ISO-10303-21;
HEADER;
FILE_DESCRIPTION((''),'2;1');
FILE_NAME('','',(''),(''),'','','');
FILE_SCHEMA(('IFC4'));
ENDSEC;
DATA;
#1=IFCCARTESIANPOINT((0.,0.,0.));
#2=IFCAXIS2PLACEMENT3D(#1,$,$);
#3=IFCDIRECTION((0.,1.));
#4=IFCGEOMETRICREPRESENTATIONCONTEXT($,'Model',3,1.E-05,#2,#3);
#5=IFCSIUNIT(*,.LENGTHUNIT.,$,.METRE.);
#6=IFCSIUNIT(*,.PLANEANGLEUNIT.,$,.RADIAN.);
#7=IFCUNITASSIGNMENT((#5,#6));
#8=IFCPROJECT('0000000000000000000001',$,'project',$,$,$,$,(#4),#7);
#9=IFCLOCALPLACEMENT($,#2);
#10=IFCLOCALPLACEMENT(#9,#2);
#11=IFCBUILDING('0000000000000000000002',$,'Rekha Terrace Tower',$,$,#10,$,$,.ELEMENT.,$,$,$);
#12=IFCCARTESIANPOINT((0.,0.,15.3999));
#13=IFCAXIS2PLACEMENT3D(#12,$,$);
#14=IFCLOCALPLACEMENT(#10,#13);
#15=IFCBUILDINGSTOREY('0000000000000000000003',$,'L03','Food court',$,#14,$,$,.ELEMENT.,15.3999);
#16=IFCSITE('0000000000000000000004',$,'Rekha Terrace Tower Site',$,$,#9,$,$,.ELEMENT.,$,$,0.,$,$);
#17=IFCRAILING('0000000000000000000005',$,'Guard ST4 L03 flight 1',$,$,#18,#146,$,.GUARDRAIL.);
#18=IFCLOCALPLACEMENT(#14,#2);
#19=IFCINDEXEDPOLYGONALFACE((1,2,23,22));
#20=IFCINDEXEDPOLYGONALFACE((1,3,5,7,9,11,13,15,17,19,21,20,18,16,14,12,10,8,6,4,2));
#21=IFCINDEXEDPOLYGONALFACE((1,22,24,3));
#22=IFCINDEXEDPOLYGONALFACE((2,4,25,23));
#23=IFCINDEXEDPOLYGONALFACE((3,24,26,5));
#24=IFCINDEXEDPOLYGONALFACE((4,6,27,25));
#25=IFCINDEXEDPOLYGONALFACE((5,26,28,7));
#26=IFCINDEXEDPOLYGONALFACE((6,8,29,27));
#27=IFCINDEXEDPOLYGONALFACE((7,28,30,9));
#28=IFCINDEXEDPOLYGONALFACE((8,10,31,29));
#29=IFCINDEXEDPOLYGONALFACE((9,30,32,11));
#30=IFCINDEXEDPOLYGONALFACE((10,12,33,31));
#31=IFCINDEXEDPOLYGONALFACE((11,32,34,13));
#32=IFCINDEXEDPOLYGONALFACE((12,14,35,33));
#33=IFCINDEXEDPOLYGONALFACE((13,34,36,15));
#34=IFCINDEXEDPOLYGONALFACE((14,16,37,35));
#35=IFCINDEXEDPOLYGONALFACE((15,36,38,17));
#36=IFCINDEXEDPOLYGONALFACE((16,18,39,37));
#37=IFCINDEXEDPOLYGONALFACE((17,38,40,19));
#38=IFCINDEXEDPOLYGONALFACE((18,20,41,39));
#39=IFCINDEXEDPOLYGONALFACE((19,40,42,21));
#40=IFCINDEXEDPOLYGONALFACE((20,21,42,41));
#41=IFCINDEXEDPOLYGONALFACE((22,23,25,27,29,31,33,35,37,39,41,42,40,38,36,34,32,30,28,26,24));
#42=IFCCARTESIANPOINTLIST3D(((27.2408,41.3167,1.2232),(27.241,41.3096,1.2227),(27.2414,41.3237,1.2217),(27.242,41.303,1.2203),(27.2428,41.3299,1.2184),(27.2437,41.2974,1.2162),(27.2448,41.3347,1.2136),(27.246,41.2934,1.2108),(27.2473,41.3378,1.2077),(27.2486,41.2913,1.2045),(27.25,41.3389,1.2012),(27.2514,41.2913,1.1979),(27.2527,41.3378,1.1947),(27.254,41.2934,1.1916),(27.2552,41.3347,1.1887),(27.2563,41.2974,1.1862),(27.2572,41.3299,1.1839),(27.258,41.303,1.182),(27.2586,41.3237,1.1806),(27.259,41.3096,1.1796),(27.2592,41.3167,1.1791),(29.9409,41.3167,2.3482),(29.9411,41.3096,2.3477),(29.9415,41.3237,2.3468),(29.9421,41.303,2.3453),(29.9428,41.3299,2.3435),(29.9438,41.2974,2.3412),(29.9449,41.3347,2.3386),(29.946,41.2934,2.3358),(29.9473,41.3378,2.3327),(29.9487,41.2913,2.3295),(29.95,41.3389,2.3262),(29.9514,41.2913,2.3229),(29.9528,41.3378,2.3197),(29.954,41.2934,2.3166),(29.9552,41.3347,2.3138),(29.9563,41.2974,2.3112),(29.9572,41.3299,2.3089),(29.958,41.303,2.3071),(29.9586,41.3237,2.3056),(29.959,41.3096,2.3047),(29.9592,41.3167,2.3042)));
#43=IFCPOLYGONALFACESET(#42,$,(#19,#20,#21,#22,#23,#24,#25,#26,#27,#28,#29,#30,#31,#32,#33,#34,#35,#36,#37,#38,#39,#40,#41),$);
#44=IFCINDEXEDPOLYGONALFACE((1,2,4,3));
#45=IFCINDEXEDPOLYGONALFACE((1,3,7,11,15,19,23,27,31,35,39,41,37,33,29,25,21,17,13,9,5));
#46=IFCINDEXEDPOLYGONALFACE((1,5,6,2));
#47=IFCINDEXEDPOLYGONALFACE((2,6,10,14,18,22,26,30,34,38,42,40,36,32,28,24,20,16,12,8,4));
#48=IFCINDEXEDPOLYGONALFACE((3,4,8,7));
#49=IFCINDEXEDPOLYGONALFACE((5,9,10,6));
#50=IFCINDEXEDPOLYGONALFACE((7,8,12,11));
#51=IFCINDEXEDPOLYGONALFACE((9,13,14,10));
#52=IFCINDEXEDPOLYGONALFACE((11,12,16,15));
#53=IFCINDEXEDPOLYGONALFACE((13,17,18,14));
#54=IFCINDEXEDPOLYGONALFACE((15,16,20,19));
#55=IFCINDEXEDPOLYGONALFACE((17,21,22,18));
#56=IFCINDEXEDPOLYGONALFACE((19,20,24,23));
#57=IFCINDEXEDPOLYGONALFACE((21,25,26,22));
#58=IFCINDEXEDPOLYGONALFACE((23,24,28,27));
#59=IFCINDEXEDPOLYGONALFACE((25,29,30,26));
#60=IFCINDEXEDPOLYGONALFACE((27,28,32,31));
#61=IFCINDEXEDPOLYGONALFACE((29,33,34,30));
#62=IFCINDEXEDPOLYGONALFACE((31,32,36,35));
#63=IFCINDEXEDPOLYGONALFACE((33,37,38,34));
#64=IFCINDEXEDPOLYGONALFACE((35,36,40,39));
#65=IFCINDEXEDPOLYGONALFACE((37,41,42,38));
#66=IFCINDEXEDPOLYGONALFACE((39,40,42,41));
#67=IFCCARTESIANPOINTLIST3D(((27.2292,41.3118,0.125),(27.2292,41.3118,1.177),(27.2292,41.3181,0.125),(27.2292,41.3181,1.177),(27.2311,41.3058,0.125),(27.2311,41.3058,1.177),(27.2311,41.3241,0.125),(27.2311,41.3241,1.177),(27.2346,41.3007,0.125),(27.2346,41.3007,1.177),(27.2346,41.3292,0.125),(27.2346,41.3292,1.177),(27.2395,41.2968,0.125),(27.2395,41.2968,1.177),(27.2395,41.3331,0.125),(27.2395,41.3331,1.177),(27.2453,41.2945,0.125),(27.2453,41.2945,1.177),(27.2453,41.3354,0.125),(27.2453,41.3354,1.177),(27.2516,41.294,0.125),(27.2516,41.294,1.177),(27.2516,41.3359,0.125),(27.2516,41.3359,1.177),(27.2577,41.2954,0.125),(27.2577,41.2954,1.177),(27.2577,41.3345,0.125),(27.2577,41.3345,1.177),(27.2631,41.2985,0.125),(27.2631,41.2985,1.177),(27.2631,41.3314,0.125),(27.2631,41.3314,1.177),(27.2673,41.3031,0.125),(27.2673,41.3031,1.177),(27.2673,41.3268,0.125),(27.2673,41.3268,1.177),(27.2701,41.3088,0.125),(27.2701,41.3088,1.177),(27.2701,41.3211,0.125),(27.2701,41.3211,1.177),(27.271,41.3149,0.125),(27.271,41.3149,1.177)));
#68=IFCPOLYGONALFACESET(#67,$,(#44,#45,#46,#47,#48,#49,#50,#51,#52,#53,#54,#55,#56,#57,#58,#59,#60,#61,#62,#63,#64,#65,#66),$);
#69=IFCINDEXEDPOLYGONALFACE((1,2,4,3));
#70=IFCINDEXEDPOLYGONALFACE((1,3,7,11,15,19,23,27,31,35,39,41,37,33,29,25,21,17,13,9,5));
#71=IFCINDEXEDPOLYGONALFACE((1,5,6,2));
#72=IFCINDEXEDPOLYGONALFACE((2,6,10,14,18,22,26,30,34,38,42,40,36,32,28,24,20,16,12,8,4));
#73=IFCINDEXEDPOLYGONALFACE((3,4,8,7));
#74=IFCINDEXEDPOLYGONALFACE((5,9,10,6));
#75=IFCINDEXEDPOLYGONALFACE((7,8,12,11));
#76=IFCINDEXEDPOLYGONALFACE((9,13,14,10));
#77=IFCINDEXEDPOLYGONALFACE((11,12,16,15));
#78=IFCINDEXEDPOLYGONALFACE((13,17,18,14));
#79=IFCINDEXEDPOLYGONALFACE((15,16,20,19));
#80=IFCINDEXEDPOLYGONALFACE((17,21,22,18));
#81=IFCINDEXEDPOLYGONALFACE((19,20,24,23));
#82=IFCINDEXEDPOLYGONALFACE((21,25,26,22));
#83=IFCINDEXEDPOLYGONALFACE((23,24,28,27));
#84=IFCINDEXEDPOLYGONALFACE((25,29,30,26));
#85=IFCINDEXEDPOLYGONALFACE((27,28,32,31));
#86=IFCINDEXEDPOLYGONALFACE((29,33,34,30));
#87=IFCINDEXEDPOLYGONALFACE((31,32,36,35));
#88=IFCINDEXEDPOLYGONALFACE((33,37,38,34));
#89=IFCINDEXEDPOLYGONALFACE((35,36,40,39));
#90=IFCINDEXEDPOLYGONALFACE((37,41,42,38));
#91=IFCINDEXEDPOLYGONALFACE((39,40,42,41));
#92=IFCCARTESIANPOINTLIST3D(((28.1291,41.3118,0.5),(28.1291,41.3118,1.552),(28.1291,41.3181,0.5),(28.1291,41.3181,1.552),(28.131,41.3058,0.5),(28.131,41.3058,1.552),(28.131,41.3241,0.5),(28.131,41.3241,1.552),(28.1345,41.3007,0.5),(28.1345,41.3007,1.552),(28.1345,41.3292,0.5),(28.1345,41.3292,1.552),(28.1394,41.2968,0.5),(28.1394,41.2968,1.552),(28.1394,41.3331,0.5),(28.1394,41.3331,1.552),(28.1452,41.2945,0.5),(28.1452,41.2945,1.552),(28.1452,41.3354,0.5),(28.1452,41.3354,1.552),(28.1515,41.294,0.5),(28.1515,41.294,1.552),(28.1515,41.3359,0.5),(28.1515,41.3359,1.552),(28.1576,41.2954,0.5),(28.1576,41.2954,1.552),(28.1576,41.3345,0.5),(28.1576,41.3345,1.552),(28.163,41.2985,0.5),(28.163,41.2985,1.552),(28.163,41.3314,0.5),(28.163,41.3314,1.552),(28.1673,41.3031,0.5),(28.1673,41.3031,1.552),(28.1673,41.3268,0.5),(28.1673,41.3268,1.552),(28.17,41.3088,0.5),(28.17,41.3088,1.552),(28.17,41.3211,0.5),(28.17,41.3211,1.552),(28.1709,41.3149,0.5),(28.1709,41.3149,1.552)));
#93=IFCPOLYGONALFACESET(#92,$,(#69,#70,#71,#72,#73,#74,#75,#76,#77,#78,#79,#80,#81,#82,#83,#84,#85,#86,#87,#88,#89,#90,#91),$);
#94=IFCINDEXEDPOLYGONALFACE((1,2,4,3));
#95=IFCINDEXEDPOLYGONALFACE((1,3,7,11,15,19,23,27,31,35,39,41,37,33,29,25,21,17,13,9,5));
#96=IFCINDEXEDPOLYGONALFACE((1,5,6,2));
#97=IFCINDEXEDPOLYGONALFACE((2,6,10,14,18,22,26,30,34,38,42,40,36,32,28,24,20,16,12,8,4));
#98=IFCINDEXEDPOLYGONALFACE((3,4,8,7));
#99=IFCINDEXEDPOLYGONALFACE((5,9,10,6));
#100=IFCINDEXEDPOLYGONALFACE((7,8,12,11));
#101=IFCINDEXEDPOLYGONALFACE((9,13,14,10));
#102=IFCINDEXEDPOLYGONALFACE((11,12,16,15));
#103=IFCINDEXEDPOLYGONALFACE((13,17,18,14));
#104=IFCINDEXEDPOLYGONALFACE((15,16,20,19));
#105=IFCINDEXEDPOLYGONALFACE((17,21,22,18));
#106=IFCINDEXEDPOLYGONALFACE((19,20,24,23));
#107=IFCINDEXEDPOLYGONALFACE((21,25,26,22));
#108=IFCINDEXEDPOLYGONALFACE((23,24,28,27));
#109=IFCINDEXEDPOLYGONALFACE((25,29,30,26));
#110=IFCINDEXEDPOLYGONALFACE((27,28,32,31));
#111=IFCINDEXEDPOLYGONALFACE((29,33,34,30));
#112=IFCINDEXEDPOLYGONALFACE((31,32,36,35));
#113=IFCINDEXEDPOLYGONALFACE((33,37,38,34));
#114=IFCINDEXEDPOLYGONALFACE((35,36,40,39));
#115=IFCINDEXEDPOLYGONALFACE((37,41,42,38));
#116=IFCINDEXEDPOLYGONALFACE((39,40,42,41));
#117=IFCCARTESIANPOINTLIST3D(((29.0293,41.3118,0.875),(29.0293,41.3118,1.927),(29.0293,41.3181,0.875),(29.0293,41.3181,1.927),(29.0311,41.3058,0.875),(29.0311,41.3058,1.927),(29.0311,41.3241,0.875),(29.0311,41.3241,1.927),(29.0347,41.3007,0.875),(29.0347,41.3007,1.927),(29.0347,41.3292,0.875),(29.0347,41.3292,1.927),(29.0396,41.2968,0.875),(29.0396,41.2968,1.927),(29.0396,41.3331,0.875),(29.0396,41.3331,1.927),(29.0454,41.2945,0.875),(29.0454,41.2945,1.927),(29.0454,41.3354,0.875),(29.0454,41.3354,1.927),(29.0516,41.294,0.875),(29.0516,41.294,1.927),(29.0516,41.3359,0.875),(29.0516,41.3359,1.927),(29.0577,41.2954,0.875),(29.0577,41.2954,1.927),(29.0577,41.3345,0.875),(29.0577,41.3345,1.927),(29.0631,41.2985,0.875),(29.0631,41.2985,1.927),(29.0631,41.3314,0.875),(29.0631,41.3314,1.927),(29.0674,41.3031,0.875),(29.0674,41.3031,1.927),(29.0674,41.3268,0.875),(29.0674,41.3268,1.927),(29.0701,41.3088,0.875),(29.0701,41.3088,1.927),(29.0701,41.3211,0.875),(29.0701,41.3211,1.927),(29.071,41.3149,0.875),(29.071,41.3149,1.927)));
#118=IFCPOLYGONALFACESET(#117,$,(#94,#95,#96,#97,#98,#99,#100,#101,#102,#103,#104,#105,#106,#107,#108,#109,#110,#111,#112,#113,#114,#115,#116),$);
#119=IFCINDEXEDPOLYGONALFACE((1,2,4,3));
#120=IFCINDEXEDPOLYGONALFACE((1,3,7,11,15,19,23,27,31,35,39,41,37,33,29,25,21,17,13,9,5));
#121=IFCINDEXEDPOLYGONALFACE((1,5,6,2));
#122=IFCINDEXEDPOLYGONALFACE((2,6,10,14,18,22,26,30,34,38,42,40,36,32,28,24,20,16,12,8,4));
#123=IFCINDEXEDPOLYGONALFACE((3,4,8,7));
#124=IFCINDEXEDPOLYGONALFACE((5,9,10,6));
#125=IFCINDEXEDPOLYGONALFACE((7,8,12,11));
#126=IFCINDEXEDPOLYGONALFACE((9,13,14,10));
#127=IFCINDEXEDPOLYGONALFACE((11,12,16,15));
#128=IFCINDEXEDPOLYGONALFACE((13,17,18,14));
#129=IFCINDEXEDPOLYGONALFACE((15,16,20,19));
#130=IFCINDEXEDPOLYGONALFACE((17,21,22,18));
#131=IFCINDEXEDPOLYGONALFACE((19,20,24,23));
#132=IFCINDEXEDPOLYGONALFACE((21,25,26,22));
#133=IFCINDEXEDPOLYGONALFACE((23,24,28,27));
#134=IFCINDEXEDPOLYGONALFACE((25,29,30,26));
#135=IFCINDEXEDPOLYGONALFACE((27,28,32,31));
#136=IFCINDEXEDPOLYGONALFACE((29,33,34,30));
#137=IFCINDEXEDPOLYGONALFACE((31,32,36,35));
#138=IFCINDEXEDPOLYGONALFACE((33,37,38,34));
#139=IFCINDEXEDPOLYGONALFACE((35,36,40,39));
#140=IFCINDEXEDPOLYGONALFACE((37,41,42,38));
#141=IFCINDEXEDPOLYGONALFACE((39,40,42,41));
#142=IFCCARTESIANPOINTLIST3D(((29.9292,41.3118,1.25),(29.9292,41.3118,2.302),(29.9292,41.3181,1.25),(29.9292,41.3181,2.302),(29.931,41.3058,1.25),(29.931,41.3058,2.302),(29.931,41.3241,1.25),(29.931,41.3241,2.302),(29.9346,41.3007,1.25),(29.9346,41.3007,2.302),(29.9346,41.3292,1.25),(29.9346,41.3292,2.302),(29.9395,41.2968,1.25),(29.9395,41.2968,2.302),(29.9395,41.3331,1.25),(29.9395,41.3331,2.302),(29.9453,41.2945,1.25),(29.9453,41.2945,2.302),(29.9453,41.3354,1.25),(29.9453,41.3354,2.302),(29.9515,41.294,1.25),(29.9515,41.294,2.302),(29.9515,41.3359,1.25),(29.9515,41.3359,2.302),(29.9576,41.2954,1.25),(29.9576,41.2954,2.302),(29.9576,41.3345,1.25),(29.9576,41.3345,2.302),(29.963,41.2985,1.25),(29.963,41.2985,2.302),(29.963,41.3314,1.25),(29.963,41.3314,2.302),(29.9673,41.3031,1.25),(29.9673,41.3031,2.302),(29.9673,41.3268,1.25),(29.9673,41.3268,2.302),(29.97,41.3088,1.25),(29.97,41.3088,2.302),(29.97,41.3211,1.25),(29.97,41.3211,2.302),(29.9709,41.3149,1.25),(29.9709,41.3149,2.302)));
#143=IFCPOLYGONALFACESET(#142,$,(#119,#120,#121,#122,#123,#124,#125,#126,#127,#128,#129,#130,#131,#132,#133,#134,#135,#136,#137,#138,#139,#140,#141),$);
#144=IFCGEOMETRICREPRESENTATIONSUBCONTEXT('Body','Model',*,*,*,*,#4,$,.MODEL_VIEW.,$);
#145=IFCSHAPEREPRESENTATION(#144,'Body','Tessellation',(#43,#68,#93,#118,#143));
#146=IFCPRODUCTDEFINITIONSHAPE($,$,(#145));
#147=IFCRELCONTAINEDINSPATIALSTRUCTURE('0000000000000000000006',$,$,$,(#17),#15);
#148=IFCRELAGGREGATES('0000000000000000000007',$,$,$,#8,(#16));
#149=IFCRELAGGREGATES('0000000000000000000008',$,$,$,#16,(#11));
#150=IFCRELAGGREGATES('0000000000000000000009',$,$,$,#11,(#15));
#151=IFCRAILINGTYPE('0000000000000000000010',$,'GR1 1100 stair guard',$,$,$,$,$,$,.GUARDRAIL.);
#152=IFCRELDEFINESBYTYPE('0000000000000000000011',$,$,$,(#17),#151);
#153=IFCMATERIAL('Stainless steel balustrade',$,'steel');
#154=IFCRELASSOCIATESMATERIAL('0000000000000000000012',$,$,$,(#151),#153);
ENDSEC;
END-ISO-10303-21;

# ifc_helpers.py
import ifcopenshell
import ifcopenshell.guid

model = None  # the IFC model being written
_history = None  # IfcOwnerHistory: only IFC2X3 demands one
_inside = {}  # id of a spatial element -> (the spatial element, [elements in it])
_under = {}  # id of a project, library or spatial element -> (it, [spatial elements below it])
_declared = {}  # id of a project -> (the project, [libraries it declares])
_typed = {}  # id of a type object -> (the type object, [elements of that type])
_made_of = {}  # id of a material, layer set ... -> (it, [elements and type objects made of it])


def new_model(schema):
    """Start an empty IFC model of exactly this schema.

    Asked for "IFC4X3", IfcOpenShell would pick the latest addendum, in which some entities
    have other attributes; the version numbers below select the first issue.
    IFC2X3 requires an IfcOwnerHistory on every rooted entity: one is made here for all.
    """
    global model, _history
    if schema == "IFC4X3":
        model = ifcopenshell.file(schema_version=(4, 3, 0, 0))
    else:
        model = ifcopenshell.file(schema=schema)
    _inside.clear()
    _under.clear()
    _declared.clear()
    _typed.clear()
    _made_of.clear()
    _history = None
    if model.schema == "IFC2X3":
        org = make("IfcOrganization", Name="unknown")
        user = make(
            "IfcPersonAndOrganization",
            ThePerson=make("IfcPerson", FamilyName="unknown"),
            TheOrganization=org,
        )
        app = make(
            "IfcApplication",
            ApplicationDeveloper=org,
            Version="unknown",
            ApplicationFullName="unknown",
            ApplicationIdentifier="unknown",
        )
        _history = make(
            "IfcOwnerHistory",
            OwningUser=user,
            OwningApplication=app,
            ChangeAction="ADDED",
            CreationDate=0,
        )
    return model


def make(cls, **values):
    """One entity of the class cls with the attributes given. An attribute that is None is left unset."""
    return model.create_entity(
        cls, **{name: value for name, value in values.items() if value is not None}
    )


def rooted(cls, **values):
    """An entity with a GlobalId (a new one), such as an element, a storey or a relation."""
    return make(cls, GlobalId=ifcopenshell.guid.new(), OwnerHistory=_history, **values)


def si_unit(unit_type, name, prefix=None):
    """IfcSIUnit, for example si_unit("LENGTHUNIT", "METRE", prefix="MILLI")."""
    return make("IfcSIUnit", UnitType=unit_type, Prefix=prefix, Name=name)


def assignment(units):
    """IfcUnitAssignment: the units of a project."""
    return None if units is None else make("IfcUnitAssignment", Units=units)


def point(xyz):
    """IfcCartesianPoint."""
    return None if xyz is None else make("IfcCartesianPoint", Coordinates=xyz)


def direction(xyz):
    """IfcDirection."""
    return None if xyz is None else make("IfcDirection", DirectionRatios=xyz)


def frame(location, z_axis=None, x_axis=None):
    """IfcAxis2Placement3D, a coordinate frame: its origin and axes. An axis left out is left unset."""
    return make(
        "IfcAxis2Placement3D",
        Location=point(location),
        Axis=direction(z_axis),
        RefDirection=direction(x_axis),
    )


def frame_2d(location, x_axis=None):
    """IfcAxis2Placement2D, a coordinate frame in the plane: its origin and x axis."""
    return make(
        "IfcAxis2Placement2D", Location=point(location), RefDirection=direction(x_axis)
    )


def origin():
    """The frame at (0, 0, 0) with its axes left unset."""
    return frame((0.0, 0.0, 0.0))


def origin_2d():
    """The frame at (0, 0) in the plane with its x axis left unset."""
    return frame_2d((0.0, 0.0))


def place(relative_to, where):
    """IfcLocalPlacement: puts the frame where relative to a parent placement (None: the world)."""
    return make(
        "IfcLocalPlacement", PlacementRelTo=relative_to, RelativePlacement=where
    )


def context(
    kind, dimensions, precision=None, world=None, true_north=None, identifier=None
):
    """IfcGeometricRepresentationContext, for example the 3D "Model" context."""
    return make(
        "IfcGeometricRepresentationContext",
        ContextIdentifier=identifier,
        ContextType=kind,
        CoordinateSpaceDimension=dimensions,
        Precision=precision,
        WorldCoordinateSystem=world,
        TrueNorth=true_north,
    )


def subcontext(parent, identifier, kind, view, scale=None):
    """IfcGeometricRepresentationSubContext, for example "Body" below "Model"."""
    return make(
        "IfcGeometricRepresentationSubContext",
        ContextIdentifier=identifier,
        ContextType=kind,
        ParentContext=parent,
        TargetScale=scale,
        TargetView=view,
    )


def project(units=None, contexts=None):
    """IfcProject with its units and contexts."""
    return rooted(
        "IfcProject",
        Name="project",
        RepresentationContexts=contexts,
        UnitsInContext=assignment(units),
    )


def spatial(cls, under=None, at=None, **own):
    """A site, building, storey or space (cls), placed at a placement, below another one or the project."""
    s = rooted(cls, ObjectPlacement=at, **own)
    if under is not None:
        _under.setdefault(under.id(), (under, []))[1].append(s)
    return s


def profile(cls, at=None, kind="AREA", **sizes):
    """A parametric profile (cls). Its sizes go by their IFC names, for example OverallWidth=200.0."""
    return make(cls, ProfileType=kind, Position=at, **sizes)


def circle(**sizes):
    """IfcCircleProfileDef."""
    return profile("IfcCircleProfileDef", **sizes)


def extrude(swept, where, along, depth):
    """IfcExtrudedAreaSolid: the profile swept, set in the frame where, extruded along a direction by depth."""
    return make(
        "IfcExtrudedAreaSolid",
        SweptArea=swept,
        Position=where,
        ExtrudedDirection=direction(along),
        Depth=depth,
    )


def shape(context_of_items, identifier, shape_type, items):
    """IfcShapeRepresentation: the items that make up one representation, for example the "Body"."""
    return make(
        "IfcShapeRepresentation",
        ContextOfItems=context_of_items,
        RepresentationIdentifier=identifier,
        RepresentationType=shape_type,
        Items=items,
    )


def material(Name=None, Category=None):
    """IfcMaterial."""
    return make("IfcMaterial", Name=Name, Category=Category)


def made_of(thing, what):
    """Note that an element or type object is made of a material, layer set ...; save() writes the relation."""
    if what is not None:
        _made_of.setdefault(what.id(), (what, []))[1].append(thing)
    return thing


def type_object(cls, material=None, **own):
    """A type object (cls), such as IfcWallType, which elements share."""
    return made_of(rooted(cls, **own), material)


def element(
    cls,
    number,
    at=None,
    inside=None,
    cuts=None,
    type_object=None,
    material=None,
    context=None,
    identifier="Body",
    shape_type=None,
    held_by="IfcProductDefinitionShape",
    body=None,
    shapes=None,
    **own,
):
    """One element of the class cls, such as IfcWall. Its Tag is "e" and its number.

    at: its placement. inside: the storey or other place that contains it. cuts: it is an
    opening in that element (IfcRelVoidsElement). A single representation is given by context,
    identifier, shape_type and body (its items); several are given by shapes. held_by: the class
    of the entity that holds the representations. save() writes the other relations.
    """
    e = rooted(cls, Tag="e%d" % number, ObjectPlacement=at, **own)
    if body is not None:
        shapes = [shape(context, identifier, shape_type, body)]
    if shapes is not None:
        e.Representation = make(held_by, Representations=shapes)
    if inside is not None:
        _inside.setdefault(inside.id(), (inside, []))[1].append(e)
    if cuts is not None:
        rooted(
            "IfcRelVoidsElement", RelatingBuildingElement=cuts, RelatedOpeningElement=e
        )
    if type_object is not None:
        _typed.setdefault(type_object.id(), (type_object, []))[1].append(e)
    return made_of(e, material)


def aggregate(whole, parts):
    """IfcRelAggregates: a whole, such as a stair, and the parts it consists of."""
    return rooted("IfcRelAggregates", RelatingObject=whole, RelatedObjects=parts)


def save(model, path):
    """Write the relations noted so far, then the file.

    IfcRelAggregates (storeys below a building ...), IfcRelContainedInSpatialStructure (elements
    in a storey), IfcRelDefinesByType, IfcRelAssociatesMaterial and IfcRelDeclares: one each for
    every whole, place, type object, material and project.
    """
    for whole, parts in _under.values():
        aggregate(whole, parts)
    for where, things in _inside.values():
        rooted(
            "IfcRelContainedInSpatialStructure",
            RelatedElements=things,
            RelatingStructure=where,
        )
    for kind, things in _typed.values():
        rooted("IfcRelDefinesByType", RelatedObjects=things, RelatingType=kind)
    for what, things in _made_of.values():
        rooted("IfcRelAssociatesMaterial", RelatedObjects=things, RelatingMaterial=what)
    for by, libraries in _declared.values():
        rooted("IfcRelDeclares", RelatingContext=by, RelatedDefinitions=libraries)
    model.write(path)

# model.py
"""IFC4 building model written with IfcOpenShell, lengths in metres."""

from ifc_helpers import new_model, si_unit, direction, frame, origin, origin_2d, place, context, subcontext, project, spatial, circle, extrude, material, type_object, element, save


model = new_model("IFC4")

# Units and contexts
model_context = context("Model", 3, precision=1e-05, world=origin(), true_north=direction((0.0, 1.0)))
body_context = subcontext(model_context, "Body", "Model", "MODEL_VIEW")
ifc_project = project(units=[si_unit("LENGTHUNIT", "METRE"), si_unit("PLANEANGLEUNIT", "RADIAN")], contexts=[model_context])

# Site, building, storey
site_placement = place(None, origin())
site = spatial("IfcSite", under=ifc_project, at=site_placement, Name="Rekha Terrace Tower Site", CompositionType="ELEMENT", RefElevation=0.0)
building_placement = place(site_placement, origin())
building = spatial("IfcBuilding", under=site, at=building_placement, Name="Rekha Terrace Tower", CompositionType="ELEMENT")
storey_placement = place(building_placement, frame((0.0, 0.0, 15.3999)))
storey = spatial("IfcBuildingStorey", under=building, at=storey_placement, Name="L03", Description="Food court", CompositionType="ELEMENT", Elevation=15.3999)

# Railing
ifc_material_1 = material(Name="Stainless steel balustrade", Category="steel")
railing_type_1 = type_object("IfcRailingType", Name="GR1 1100 stair guard", PredefinedType="GUARDRAIL", material=ifc_material_1)
railing_1_placement = place(storey_placement, frame((27.25, 41.3149, 0.125)))
element("IfcRailing", 1, at=railing_1_placement, inside=storey, type_object=railing_type_1, Name="Guard ST4 L03 flight 1", PredefinedType="GUARDRAIL", context=body_context, shape_type="SweptSolid", body=[
    extrude(circle(Radius=0.0239, at=origin_2d()), frame((0.0, 0.0, 1.0762), z_axis=(0.923074, 0.0, 0.384621), x_axis=(0.0, 1.0, 0.0)), (0.0, 0.0, 1.0), 2.925),
    extrude(circle(Radius=0.021, at=origin_2d()), origin(), (0.0, 0.0, 1.0), 1.052),
    extrude(circle(Radius=0.021, at=origin_2d()), frame((0.8999, 0.0, 0.375)), (0.0, 0.0, 1.0), 1.052),
    extrude(circle(Radius=0.021, at=origin_2d()), frame((1.8, 0.0, 0.75)), (0.0, 0.0, 1.0), 1.052),
    extrude(circle(Radius=0.021, at=origin_2d()), frame((2.7, 0.0, 1.125)), (0.0, 0.0, 1.0), 1.052),
])

save(model, "model.ifc")
